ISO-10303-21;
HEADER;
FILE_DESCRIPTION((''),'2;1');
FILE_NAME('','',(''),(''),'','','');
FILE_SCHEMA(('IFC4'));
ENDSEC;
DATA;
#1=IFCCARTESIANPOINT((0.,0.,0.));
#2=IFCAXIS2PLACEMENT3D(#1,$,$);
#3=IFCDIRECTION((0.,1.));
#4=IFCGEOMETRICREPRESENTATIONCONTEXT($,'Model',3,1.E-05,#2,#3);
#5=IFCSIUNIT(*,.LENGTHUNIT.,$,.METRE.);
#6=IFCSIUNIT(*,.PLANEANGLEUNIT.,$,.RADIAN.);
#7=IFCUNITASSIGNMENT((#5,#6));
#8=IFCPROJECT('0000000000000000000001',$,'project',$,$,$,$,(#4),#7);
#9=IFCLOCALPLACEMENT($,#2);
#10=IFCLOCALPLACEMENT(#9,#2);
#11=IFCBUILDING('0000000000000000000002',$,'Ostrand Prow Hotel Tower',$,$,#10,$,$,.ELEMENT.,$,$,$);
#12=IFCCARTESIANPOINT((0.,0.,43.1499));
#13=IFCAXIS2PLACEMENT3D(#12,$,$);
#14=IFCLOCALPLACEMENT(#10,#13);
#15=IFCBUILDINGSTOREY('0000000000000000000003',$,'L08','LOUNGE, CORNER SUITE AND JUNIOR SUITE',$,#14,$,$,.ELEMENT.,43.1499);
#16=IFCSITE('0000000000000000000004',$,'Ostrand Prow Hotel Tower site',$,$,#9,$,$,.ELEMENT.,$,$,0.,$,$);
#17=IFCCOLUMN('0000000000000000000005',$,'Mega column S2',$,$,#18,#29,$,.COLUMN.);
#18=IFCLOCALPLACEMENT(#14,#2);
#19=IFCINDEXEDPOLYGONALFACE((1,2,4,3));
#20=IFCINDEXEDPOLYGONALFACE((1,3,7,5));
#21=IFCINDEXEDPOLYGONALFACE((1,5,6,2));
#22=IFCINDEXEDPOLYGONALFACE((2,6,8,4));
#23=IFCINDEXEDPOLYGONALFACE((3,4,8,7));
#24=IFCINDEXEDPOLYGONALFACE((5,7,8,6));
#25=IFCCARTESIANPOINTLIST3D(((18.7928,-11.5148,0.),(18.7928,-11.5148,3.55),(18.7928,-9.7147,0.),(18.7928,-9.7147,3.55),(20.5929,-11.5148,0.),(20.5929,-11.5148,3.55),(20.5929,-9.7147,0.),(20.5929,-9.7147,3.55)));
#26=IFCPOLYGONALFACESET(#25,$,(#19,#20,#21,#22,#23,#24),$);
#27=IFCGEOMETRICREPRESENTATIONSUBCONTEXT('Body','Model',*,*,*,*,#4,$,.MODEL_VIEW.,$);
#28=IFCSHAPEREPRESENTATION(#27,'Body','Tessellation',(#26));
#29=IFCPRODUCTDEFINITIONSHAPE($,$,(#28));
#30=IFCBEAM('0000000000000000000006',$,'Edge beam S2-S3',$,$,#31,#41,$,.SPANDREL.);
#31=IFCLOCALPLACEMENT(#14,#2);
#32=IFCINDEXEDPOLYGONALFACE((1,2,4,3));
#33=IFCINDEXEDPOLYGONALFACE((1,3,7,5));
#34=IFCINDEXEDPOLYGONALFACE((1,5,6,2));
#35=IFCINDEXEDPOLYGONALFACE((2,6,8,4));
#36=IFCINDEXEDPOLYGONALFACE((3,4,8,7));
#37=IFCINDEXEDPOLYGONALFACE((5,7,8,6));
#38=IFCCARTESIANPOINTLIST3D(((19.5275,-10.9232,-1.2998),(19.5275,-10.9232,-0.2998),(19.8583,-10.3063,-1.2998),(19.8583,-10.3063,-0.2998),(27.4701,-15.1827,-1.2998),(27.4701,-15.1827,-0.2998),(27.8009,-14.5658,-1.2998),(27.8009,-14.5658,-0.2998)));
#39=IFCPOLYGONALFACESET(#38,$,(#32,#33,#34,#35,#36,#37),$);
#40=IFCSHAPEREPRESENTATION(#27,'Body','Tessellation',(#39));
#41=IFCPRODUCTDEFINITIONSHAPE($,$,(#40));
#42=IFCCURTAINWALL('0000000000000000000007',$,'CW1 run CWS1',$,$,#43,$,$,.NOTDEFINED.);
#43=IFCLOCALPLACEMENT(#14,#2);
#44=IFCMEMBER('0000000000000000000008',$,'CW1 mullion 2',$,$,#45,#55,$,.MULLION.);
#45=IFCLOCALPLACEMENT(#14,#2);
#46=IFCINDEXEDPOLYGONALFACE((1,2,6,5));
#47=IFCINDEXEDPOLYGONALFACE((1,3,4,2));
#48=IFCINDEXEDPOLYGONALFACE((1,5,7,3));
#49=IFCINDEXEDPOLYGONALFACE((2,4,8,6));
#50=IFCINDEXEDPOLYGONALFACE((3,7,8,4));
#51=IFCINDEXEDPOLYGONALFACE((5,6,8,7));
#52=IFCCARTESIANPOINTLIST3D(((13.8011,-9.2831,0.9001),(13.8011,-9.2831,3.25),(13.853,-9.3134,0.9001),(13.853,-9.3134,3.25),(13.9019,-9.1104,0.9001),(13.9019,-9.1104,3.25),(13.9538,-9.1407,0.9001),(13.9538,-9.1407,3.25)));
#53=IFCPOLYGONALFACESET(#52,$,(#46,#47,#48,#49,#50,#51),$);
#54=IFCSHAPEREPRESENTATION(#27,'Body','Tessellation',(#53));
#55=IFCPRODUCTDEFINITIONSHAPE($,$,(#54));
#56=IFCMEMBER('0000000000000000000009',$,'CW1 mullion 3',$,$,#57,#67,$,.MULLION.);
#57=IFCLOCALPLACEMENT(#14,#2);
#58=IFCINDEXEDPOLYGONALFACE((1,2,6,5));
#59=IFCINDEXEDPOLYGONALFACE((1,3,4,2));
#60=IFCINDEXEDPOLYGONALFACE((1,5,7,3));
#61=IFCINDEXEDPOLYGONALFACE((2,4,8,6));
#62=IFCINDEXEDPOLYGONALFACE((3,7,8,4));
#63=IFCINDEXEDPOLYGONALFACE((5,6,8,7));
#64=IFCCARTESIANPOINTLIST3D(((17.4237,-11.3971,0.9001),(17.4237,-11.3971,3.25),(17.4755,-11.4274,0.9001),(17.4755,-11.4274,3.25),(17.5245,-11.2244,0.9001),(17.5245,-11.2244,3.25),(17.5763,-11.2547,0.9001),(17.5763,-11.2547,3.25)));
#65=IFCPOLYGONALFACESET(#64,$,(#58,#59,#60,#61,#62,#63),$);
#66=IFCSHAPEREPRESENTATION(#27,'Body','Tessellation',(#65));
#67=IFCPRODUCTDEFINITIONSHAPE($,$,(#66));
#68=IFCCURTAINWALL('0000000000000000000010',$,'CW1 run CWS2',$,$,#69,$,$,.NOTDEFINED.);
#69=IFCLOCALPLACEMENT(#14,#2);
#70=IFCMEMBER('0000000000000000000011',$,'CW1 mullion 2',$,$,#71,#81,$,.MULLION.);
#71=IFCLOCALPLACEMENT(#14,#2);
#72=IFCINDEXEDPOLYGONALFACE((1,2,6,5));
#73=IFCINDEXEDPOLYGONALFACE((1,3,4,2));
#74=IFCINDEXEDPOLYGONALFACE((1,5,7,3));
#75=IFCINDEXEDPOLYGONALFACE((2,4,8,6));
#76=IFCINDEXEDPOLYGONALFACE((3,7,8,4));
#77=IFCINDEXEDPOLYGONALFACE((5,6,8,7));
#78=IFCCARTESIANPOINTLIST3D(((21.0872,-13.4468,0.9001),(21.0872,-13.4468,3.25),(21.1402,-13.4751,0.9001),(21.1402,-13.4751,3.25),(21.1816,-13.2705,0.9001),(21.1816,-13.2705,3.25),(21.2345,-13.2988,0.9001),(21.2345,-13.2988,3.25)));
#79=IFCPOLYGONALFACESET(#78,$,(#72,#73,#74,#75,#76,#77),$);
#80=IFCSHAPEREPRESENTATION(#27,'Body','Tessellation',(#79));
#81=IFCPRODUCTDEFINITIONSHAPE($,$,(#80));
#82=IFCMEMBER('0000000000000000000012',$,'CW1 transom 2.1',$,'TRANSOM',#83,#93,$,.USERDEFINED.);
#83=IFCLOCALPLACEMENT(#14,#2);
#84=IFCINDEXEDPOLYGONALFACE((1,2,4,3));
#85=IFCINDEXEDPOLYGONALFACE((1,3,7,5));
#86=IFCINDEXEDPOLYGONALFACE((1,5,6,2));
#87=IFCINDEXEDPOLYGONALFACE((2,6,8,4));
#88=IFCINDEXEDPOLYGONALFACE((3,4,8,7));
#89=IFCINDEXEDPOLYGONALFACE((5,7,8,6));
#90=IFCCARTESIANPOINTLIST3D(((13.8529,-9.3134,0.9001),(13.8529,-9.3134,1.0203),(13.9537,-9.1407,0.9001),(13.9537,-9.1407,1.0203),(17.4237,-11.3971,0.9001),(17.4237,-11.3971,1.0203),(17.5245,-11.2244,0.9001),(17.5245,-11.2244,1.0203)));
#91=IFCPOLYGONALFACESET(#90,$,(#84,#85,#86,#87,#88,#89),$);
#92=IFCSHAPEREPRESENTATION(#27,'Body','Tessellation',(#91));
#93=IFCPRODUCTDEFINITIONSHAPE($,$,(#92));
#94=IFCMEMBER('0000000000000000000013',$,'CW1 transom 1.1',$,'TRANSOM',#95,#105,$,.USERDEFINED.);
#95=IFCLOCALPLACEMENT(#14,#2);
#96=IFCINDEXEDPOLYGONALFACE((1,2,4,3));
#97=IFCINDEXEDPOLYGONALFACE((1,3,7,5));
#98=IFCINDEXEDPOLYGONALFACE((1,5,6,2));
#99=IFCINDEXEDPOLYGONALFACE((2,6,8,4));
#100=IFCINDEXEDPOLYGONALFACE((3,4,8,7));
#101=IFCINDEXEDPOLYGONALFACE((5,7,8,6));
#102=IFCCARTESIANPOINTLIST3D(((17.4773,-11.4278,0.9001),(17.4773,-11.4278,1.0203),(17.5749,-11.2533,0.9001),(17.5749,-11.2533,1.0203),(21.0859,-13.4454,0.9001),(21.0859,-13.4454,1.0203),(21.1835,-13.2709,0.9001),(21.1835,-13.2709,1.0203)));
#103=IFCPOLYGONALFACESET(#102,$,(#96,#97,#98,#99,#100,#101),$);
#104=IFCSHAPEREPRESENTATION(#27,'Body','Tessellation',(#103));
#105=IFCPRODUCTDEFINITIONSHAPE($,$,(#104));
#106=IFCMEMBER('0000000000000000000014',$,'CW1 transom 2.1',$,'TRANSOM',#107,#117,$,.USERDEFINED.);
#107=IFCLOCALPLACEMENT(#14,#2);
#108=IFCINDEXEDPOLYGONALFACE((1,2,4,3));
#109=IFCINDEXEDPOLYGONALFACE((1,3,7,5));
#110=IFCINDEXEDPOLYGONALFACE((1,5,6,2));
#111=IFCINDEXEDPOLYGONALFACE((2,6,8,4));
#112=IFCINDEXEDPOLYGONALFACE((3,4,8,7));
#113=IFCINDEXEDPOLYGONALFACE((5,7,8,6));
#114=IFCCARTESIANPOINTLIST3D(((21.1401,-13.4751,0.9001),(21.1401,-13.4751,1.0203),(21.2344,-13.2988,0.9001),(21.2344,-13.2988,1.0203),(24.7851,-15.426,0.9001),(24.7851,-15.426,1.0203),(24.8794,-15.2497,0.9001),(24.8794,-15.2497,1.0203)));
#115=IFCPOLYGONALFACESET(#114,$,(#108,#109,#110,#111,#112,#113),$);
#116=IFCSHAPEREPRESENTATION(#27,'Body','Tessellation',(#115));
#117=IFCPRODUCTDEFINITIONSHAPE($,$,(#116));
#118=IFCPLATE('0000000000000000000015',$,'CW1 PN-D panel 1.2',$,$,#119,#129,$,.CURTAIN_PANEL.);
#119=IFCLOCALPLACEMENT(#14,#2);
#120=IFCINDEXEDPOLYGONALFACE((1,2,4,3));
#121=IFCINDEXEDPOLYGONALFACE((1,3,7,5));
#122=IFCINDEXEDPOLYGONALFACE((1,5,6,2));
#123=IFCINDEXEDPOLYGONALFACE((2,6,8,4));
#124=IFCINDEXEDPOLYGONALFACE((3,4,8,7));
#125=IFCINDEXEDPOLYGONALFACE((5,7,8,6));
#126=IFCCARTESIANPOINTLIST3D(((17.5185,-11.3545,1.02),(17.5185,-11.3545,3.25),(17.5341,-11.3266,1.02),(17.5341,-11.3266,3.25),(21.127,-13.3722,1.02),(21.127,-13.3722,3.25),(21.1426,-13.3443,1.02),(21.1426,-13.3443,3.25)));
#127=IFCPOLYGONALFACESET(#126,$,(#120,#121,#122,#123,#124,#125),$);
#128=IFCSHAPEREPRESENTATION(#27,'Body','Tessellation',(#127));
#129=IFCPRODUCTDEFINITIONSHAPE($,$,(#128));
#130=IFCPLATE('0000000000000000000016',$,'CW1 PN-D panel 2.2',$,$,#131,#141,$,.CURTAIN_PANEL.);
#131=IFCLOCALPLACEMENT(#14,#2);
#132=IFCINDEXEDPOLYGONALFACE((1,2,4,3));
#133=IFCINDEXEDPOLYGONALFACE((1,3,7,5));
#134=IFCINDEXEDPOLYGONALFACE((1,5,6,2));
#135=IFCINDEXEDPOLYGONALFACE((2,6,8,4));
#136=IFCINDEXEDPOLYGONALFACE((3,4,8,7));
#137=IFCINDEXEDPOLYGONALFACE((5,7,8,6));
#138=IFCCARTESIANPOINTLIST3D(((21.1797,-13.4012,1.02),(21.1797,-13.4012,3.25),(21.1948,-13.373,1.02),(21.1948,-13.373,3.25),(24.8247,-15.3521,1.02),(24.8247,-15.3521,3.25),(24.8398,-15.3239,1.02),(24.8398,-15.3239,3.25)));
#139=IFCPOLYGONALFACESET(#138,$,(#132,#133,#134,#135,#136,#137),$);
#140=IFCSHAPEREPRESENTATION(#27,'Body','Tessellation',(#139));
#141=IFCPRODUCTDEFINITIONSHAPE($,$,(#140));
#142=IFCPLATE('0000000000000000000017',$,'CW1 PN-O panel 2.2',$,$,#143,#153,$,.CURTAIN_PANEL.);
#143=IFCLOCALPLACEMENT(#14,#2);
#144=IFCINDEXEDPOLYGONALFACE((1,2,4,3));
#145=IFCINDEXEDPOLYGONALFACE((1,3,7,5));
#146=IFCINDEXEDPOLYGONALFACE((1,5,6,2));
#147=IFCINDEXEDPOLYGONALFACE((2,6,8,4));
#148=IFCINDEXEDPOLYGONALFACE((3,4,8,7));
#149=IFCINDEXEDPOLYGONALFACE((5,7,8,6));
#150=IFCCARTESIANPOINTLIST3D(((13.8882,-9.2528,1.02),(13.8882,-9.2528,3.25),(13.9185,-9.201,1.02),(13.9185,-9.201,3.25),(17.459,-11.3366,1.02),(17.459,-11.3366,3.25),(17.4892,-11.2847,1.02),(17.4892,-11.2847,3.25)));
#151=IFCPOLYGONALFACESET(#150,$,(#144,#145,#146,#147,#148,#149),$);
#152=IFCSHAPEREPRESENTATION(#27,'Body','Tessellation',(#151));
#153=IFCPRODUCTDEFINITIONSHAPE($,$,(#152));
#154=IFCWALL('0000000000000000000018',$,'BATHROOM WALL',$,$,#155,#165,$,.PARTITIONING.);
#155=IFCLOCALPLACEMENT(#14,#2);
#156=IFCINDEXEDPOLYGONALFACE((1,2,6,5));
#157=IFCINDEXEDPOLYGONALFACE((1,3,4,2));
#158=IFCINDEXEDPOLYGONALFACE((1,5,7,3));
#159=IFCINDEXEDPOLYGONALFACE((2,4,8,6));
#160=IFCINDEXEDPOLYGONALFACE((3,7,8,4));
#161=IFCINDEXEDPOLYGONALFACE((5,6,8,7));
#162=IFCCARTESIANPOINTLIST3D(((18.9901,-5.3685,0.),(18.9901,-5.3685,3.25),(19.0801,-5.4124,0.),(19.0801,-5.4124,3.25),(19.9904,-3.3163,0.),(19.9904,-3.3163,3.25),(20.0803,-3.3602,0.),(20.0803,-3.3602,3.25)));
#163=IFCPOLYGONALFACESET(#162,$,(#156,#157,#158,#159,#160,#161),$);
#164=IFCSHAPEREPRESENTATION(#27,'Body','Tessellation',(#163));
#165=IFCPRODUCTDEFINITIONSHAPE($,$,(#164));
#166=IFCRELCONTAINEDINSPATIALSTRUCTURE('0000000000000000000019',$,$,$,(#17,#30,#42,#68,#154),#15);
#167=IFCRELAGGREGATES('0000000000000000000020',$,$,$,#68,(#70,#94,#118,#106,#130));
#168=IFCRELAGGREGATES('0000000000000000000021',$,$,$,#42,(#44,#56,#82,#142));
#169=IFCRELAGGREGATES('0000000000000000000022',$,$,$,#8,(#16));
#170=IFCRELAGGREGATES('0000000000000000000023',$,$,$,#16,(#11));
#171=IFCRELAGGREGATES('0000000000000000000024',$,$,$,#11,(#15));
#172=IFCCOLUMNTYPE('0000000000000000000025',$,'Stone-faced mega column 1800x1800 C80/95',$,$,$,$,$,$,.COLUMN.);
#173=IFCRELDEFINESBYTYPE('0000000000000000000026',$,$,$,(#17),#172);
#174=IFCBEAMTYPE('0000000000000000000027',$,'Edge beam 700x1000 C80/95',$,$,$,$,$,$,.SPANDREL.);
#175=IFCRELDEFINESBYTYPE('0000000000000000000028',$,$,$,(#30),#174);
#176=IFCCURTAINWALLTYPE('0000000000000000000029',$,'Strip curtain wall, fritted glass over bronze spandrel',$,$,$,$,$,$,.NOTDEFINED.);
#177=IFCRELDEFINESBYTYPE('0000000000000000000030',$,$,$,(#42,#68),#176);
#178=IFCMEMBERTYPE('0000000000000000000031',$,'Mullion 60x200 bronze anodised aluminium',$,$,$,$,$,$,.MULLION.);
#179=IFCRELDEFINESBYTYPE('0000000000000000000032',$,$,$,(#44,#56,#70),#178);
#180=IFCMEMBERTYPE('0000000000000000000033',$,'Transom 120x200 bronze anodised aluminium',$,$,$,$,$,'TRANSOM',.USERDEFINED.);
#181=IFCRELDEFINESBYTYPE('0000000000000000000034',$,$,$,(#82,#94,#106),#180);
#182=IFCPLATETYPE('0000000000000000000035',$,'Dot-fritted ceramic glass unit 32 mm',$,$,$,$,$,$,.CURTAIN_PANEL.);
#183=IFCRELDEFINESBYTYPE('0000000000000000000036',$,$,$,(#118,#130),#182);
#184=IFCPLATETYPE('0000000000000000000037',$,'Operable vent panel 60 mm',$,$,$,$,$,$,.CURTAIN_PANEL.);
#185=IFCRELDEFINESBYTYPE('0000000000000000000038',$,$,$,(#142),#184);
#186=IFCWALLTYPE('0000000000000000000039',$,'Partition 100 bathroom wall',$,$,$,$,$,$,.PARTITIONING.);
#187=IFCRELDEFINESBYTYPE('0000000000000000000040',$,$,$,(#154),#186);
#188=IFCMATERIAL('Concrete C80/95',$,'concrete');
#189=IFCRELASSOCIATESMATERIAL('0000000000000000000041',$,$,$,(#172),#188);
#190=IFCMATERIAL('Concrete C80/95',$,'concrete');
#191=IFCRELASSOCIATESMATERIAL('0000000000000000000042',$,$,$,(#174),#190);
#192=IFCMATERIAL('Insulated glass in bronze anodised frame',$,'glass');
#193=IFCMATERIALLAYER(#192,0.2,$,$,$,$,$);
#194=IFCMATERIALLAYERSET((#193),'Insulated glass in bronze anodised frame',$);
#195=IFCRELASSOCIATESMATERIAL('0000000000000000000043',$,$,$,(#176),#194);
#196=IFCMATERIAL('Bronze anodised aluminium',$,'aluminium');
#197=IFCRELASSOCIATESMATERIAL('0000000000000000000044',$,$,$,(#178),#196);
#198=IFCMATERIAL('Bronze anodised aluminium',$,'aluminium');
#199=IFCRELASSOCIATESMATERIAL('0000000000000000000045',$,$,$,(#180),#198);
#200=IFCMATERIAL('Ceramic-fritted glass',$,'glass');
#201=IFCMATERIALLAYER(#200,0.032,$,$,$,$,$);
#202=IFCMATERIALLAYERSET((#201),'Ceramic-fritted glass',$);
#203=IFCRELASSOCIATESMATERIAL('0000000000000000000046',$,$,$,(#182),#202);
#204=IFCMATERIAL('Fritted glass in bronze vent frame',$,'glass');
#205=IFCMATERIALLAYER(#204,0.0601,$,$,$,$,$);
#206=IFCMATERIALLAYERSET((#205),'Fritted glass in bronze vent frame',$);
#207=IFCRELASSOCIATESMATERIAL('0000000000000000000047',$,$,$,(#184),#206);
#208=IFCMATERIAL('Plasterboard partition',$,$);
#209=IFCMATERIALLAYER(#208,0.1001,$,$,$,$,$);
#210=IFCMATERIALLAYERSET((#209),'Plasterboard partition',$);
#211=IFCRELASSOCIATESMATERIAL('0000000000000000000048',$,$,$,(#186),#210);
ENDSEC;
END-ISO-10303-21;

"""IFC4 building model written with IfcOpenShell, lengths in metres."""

from ifc_helpers import new_model, si_unit, direction, frame, frame_2d, origin, origin_2d, place, context, subcontext, project, spatial, rectangle, extrude, material, layer, layer_set, material_profile, profile_set, type_object, element, aggregate, save


model = new_model("IFC4")

# Units and contexts
model_context = context("Model", 3, precision=1e-05, world=origin(), true_north=direction((0.0, 1.0)))
body_context = subcontext(model_context, "Body", "Model", "MODEL_VIEW")
ifc_project = project(units=[si_unit("LENGTHUNIT", "METRE"), si_unit("PLANEANGLEUNIT", "RADIAN")], contexts=[model_context])

# Site, building, storey
site_placement = place(None, origin())
site = spatial("IfcSite", under=ifc_project, at=site_placement, Name="Ostrand Prow Hotel Tower site", CompositionType="ELEMENT", RefElevation=0.0)
building_placement = place(site_placement, origin())
building = spatial("IfcBuilding", under=site, at=building_placement, Name="Ostrand Prow Hotel Tower", CompositionType="ELEMENT")
storey_placement = place(building_placement, frame((0.0, 0.0, 43.1499)))
storey = spatial("IfcBuildingStorey", under=building, at=storey_placement, Name="L08", Description="LOUNGE, CORNER SUITE AND JUNIOR SUITE", CompositionType="ELEMENT", Elevation=43.1499)

# Column
ifc_material_1 = material(Name="Concrete C80/95", Category="concrete")
ifc_material_profile_1 = material_profile(ifc_material_1, rectangle(XDim=1.8, YDim=1.8, at=origin_2d()), Name="RC 1800x1800")
ifc_profile_set_1 = profile_set([ifc_material_profile_1], Name="Concrete C80/95")
column_type = type_object("IfcColumnType", Name="Stone-faced mega column 1800x1800 C80/95", PredefinedType="COLUMN", material=ifc_profile_set_1)
column_placement = place(storey_placement, frame((19.6929, -10.6147, 0.0), z_axis=(0.0, 0.0, 1.0), x_axis=(1.0, 0.0, 0.0)))
element("IfcColumn", 1, at=column_placement, inside=storey, type_object=column_type, Name="Mega column S2", PredefinedType="COLUMN", context=body_context, shape_type="SweptSolid", body=[
    extrude(rectangle(XDim=1.8, YDim=1.8, at=origin_2d()), origin(), (0.0, 0.0, 1.0), 3.55),
])

# Beam
ifc_material_2 = material(Name="Concrete C80/95", Category="concrete")
ifc_material_profile_2 = material_profile(ifc_material_2, rectangle(XDim=0.7, YDim=1.0, at=origin_2d()), Name="RC 700x1000")
ifc_profile_set_2 = profile_set([ifc_material_profile_2], Name="Concrete C80/95")
beam_type = type_object("IfcBeamType", Name="Edge beam 700x1000 C80/95", PredefinedType="SPANDREL", material=ifc_profile_set_2)
beam_placement = place(storey_placement, frame((19.6929, -10.6147, -0.7998), z_axis=(0.88127, -0.472613, 0.0), x_axis=(0.472613, 0.88127, 0.0)))
element("IfcBeam", 2, at=beam_placement, inside=storey, type_object=beam_type, Name="Edge beam S2-S3", PredefinedType="SPANDREL", context=body_context, shape_type="SweptSolid", body=[
    extrude(rectangle(XDim=0.7, YDim=1.0, at=origin_2d()), origin(), (0.0, 0.0, 1.0), 9.0127),
])

# Curtain wall, members
ifc_material_3 = material(Name="Insulated glass in bronze anodised frame", Category="glass")
ifc_layer_1 = layer(ifc_material_3, 0.2)
ifc_layer_set_1 = layer_set([ifc_layer_1], Name="Insulated glass in bronze anodised frame")
curtain_wall_type = type_object("IfcCurtainWallType", Name="Strip curtain wall, fritted glass over bronze spandrel", PredefinedType="NOTDEFINED", material=ifc_layer_set_1)
curtain_wall_1_placement = place(storey_placement, origin())
curtain_wall_1 = element("IfcCurtainWall", 3, at=curtain_wall_1_placement, inside=storey, type_object=curtain_wall_type, Name="CW1 run CWS1", PredefinedType="NOTDEFINED")
ifc_material_4 = material(Name="Bronze anodised aluminium", Category="aluminium")
ifc_material_profile_3 = material_profile(ifc_material_4, rectangle(XDim=0.2, YDim=0.0601, at=origin_2d()), Name="Mullion 60x200 bronze anodised aluminium")
ifc_profile_set_3 = profile_set([ifc_material_profile_3], Name="Bronze anodised aluminium")
member_type_1 = type_object("IfcMemberType", Name="Mullion 60x200 bronze anodised aluminium", PredefinedType="MULLION", material=ifc_profile_set_3)
member_1_placement = place(storey_placement, frame((13.8774, -9.2119, 0.9001), z_axis=(0.0, 0.0, 1.0), x_axis=(0.504023, 0.86369, 0.0)))
member_1 = element("IfcMember", 4, at=member_1_placement, type_object=member_type_1, Name="CW1 mullion 2", PredefinedType="MULLION", context=body_context, shape_type="SweptSolid", body=[
    extrude(rectangle(XDim=0.2, YDim=0.0601, at=origin_2d()), origin(), (0.0, 0.0, 1.0), 2.3499),
])
member_2_placement = place(storey_placement, frame((17.5, -11.3259, 0.9001), z_axis=(0.0, 0.0, 1.0), x_axis=(0.504023, 0.86369, 0.0)))
member_2 = element("IfcMember", 5, at=member_2_placement, type_object=member_type_1, Name="CW1 mullion 3", PredefinedType="MULLION", context=body_context, shape_type="SweptSolid", body=[
    extrude(rectangle(XDim=0.2, YDim=0.0601, at=origin_2d()), origin(), (0.0, 0.0, 1.0), 2.3499),
])

# Curtain wall, member
curtain_wall_2_placement = place(storey_placement, origin())
curtain_wall_2 = element("IfcCurtainWall", 6, at=curtain_wall_2_placement, inside=storey, type_object=curtain_wall_type, Name="CW1 run CWS2", PredefinedType="NOTDEFINED")
member_3_placement = place(storey_placement, frame((21.1609, -13.3728, 0.9001), z_axis=(0.0, 0.0, 1.0), x_axis=(0.4719, 0.881652, 0.0)))
member_3 = element("IfcMember", 7, at=member_3_placement, type_object=member_type_1, Name="CW1 mullion 2", PredefinedType="MULLION", context=body_context, shape_type="SweptSolid", body=[
    extrude(rectangle(XDim=0.2, YDim=0.0601, at=origin_2d()), origin(), (0.0, 0.0, 1.0), 2.3499),
])

# Members
ifc_material_5 = material(Name="Bronze anodised aluminium", Category="aluminium")
ifc_material_profile_4 = material_profile(ifc_material_5, rectangle(XDim=0.2, YDim=0.1201, at=origin_2d()), Name="Transom 120x200 bronze anodised aluminium")
ifc_profile_set_4 = profile_set([ifc_material_profile_4], Name="Bronze anodised aluminium")
member_type_2 = type_object("IfcMemberType", Name="Transom 120x200 bronze anodised aluminium", ElementType="TRANSOM", PredefinedType="USERDEFINED", material=ifc_profile_set_4)
member_4_placement = place(storey_placement, frame((13.9033, -9.2271, 0.9602), z_axis=(0.863698, -0.504011, 0.0), x_axis=(0.504011, 0.863698, 0.0)))
member_4 = element("IfcMember", 8, at=member_4_placement, type_object=member_type_2, Name="CW1 transom 2.1", ObjectType="TRANSOM", PredefinedType="USERDEFINED", context=body_context, shape_type="SweptSolid", body=[
    extrude(rectangle(XDim=0.2, YDim=0.1201, at=origin_2d()), origin(), (0.0, 0.0, 1.0), 4.1343),
])
member_5_placement = place(storey_placement, frame((17.5261, -11.3406, 0.9602), z_axis=(0.872842, -0.488003, 0.0), x_axis=(0.488003, 0.872842, 0.0)))
member_5 = element("IfcMember", 9, at=member_5_placement, type_object=member_type_2, Name="CW1 transom 1.1", ObjectType="TRANSOM", PredefinedType="USERDEFINED", context=body_context, shape_type="SweptSolid", body=[
    extrude(rectangle(XDim=0.2, YDim=0.1201, at=origin_2d()), origin(), (0.0, 0.0, 1.0), 4.1343),
])
member_6_placement = place(storey_placement, frame((21.1873, -13.387, 0.9602), z_axis=(0.881657, -0.47189, 0.0), x_axis=(0.47189, 0.881657, 0.0)))
member_6 = element("IfcMember", 10, at=member_6_placement, type_object=member_type_2, Name="CW1 transom 2.1", ObjectType="TRANSOM", PredefinedType="USERDEFINED", context=body_context, shape_type="SweptSolid", body=[
    extrude(rectangle(XDim=0.2, YDim=0.1201, at=origin_2d()), origin(), (0.0, 0.0, 1.0), 4.1343),
])

# Plates
ifc_material_6 = material(Name="Ceramic-fritted glass", Category="glass")
ifc_layer_2 = layer(ifc_material_6, 0.032)
ifc_layer_set_2 = layer_set([ifc_layer_2], Name="Ceramic-fritted glass")
plate_type_1 = type_object("IfcPlateType", Name="Dot-fritted ceramic glass unit 32 mm", PredefinedType="CURTAIN_PANEL", material=ifc_layer_set_2)
plate_1_placement = place(storey_placement, frame((19.3306, -12.3494, 1.02), z_axis=(0.0, 0.0, 1.0), x_axis=(0.872819, -0.488044, 0.0)))
plate_1 = element("IfcPlate", 11, at=plate_1_placement, type_object=plate_type_1, Name="CW1 PN-D panel 1.2", PredefinedType="CURTAIN_PANEL", context=body_context, shape_type="SweptSolid", body=[
    extrude(rectangle(XDim=4.1343, YDim=0.032, at=origin_2d()), origin(), (0.0, 0.0, 1.0), 2.23),
])
plate_2_placement = place(storey_placement, frame((23.0098, -14.3625, 1.02), z_axis=(0.0, 0.0, 1.0), x_axis=(0.881652, -0.4719, 0.0)))
plate_2 = element("IfcPlate", 12, at=plate_2_placement, type_object=plate_type_1, Name="CW1 PN-D panel 2.2", PredefinedType="CURTAIN_PANEL", context=body_context, shape_type="SweptSolid", body=[
    extrude(rectangle(XDim=4.1343, YDim=0.032, at=origin_2d()), origin(), (0.0, 0.0, 1.0), 2.23),
])
aggregate(curtain_wall_2, [member_3, member_5, plate_1, member_6, plate_2])
ifc_material_7 = material(Name="Fritted glass in bronze vent frame", Category="glass")
ifc_layer_3 = layer(ifc_material_7, 0.0601)
ifc_layer_set_3 = layer_set([ifc_layer_3], Name="Fritted glass in bronze vent frame")
plate_type_2 = type_object("IfcPlateType", Name="Operable vent panel 60 mm", PredefinedType="CURTAIN_PANEL", material=ifc_layer_set_3)
plate_3_placement = place(storey_placement, frame((15.6887, -10.2688, 1.02), z_axis=(0.0, 0.0, 1.0), x_axis=(0.86369, -0.504023, 0.0)))
plate_3 = element("IfcPlate", 13, at=plate_3_placement, type_object=plate_type_2, Name="CW1 PN-O panel 2.2", PredefinedType="CURTAIN_PANEL", context=body_context, shape_type="SweptSolid", body=[
    extrude(rectangle(XDim=4.1343, YDim=0.0601, at=origin_2d()), origin(), (0.0, 0.0, 1.0), 2.23),
])
aggregate(curtain_wall_1, [member_1, member_2, member_4, plate_3])

# Wall
ifc_material_8 = material(Name="Plasterboard partition")
ifc_layer_4 = layer(ifc_material_8, 0.1001)
ifc_layer_set_4 = layer_set([ifc_layer_4], Name="Plasterboard partition")
wall_type_1 = type_object("IfcWallType", Name="Partition 100 bathroom wall", PredefinedType="PARTITIONING", material=ifc_layer_set_4)
wall_1_placement = place(storey_placement, frame((20.0354, -3.3381, 0.0), z_axis=(0.0, 0.0, 1.0), x_axis=(-0.438122, -0.898915, 0.0)))
element("IfcWall", 14, at=wall_1_placement, inside=storey, type_object=wall_type_1, Name="BATHROOM WALL", PredefinedType="PARTITIONING", context=body_context, shape_type="SweptSolid", body=[
    extrude(rectangle(XDim=2.283, YDim=0.1001, at=frame_2d((1.1416, 0.0))), origin(), (0.0, 0.0, 1.0), 3.25),
])

save(model, "model.ifc")
